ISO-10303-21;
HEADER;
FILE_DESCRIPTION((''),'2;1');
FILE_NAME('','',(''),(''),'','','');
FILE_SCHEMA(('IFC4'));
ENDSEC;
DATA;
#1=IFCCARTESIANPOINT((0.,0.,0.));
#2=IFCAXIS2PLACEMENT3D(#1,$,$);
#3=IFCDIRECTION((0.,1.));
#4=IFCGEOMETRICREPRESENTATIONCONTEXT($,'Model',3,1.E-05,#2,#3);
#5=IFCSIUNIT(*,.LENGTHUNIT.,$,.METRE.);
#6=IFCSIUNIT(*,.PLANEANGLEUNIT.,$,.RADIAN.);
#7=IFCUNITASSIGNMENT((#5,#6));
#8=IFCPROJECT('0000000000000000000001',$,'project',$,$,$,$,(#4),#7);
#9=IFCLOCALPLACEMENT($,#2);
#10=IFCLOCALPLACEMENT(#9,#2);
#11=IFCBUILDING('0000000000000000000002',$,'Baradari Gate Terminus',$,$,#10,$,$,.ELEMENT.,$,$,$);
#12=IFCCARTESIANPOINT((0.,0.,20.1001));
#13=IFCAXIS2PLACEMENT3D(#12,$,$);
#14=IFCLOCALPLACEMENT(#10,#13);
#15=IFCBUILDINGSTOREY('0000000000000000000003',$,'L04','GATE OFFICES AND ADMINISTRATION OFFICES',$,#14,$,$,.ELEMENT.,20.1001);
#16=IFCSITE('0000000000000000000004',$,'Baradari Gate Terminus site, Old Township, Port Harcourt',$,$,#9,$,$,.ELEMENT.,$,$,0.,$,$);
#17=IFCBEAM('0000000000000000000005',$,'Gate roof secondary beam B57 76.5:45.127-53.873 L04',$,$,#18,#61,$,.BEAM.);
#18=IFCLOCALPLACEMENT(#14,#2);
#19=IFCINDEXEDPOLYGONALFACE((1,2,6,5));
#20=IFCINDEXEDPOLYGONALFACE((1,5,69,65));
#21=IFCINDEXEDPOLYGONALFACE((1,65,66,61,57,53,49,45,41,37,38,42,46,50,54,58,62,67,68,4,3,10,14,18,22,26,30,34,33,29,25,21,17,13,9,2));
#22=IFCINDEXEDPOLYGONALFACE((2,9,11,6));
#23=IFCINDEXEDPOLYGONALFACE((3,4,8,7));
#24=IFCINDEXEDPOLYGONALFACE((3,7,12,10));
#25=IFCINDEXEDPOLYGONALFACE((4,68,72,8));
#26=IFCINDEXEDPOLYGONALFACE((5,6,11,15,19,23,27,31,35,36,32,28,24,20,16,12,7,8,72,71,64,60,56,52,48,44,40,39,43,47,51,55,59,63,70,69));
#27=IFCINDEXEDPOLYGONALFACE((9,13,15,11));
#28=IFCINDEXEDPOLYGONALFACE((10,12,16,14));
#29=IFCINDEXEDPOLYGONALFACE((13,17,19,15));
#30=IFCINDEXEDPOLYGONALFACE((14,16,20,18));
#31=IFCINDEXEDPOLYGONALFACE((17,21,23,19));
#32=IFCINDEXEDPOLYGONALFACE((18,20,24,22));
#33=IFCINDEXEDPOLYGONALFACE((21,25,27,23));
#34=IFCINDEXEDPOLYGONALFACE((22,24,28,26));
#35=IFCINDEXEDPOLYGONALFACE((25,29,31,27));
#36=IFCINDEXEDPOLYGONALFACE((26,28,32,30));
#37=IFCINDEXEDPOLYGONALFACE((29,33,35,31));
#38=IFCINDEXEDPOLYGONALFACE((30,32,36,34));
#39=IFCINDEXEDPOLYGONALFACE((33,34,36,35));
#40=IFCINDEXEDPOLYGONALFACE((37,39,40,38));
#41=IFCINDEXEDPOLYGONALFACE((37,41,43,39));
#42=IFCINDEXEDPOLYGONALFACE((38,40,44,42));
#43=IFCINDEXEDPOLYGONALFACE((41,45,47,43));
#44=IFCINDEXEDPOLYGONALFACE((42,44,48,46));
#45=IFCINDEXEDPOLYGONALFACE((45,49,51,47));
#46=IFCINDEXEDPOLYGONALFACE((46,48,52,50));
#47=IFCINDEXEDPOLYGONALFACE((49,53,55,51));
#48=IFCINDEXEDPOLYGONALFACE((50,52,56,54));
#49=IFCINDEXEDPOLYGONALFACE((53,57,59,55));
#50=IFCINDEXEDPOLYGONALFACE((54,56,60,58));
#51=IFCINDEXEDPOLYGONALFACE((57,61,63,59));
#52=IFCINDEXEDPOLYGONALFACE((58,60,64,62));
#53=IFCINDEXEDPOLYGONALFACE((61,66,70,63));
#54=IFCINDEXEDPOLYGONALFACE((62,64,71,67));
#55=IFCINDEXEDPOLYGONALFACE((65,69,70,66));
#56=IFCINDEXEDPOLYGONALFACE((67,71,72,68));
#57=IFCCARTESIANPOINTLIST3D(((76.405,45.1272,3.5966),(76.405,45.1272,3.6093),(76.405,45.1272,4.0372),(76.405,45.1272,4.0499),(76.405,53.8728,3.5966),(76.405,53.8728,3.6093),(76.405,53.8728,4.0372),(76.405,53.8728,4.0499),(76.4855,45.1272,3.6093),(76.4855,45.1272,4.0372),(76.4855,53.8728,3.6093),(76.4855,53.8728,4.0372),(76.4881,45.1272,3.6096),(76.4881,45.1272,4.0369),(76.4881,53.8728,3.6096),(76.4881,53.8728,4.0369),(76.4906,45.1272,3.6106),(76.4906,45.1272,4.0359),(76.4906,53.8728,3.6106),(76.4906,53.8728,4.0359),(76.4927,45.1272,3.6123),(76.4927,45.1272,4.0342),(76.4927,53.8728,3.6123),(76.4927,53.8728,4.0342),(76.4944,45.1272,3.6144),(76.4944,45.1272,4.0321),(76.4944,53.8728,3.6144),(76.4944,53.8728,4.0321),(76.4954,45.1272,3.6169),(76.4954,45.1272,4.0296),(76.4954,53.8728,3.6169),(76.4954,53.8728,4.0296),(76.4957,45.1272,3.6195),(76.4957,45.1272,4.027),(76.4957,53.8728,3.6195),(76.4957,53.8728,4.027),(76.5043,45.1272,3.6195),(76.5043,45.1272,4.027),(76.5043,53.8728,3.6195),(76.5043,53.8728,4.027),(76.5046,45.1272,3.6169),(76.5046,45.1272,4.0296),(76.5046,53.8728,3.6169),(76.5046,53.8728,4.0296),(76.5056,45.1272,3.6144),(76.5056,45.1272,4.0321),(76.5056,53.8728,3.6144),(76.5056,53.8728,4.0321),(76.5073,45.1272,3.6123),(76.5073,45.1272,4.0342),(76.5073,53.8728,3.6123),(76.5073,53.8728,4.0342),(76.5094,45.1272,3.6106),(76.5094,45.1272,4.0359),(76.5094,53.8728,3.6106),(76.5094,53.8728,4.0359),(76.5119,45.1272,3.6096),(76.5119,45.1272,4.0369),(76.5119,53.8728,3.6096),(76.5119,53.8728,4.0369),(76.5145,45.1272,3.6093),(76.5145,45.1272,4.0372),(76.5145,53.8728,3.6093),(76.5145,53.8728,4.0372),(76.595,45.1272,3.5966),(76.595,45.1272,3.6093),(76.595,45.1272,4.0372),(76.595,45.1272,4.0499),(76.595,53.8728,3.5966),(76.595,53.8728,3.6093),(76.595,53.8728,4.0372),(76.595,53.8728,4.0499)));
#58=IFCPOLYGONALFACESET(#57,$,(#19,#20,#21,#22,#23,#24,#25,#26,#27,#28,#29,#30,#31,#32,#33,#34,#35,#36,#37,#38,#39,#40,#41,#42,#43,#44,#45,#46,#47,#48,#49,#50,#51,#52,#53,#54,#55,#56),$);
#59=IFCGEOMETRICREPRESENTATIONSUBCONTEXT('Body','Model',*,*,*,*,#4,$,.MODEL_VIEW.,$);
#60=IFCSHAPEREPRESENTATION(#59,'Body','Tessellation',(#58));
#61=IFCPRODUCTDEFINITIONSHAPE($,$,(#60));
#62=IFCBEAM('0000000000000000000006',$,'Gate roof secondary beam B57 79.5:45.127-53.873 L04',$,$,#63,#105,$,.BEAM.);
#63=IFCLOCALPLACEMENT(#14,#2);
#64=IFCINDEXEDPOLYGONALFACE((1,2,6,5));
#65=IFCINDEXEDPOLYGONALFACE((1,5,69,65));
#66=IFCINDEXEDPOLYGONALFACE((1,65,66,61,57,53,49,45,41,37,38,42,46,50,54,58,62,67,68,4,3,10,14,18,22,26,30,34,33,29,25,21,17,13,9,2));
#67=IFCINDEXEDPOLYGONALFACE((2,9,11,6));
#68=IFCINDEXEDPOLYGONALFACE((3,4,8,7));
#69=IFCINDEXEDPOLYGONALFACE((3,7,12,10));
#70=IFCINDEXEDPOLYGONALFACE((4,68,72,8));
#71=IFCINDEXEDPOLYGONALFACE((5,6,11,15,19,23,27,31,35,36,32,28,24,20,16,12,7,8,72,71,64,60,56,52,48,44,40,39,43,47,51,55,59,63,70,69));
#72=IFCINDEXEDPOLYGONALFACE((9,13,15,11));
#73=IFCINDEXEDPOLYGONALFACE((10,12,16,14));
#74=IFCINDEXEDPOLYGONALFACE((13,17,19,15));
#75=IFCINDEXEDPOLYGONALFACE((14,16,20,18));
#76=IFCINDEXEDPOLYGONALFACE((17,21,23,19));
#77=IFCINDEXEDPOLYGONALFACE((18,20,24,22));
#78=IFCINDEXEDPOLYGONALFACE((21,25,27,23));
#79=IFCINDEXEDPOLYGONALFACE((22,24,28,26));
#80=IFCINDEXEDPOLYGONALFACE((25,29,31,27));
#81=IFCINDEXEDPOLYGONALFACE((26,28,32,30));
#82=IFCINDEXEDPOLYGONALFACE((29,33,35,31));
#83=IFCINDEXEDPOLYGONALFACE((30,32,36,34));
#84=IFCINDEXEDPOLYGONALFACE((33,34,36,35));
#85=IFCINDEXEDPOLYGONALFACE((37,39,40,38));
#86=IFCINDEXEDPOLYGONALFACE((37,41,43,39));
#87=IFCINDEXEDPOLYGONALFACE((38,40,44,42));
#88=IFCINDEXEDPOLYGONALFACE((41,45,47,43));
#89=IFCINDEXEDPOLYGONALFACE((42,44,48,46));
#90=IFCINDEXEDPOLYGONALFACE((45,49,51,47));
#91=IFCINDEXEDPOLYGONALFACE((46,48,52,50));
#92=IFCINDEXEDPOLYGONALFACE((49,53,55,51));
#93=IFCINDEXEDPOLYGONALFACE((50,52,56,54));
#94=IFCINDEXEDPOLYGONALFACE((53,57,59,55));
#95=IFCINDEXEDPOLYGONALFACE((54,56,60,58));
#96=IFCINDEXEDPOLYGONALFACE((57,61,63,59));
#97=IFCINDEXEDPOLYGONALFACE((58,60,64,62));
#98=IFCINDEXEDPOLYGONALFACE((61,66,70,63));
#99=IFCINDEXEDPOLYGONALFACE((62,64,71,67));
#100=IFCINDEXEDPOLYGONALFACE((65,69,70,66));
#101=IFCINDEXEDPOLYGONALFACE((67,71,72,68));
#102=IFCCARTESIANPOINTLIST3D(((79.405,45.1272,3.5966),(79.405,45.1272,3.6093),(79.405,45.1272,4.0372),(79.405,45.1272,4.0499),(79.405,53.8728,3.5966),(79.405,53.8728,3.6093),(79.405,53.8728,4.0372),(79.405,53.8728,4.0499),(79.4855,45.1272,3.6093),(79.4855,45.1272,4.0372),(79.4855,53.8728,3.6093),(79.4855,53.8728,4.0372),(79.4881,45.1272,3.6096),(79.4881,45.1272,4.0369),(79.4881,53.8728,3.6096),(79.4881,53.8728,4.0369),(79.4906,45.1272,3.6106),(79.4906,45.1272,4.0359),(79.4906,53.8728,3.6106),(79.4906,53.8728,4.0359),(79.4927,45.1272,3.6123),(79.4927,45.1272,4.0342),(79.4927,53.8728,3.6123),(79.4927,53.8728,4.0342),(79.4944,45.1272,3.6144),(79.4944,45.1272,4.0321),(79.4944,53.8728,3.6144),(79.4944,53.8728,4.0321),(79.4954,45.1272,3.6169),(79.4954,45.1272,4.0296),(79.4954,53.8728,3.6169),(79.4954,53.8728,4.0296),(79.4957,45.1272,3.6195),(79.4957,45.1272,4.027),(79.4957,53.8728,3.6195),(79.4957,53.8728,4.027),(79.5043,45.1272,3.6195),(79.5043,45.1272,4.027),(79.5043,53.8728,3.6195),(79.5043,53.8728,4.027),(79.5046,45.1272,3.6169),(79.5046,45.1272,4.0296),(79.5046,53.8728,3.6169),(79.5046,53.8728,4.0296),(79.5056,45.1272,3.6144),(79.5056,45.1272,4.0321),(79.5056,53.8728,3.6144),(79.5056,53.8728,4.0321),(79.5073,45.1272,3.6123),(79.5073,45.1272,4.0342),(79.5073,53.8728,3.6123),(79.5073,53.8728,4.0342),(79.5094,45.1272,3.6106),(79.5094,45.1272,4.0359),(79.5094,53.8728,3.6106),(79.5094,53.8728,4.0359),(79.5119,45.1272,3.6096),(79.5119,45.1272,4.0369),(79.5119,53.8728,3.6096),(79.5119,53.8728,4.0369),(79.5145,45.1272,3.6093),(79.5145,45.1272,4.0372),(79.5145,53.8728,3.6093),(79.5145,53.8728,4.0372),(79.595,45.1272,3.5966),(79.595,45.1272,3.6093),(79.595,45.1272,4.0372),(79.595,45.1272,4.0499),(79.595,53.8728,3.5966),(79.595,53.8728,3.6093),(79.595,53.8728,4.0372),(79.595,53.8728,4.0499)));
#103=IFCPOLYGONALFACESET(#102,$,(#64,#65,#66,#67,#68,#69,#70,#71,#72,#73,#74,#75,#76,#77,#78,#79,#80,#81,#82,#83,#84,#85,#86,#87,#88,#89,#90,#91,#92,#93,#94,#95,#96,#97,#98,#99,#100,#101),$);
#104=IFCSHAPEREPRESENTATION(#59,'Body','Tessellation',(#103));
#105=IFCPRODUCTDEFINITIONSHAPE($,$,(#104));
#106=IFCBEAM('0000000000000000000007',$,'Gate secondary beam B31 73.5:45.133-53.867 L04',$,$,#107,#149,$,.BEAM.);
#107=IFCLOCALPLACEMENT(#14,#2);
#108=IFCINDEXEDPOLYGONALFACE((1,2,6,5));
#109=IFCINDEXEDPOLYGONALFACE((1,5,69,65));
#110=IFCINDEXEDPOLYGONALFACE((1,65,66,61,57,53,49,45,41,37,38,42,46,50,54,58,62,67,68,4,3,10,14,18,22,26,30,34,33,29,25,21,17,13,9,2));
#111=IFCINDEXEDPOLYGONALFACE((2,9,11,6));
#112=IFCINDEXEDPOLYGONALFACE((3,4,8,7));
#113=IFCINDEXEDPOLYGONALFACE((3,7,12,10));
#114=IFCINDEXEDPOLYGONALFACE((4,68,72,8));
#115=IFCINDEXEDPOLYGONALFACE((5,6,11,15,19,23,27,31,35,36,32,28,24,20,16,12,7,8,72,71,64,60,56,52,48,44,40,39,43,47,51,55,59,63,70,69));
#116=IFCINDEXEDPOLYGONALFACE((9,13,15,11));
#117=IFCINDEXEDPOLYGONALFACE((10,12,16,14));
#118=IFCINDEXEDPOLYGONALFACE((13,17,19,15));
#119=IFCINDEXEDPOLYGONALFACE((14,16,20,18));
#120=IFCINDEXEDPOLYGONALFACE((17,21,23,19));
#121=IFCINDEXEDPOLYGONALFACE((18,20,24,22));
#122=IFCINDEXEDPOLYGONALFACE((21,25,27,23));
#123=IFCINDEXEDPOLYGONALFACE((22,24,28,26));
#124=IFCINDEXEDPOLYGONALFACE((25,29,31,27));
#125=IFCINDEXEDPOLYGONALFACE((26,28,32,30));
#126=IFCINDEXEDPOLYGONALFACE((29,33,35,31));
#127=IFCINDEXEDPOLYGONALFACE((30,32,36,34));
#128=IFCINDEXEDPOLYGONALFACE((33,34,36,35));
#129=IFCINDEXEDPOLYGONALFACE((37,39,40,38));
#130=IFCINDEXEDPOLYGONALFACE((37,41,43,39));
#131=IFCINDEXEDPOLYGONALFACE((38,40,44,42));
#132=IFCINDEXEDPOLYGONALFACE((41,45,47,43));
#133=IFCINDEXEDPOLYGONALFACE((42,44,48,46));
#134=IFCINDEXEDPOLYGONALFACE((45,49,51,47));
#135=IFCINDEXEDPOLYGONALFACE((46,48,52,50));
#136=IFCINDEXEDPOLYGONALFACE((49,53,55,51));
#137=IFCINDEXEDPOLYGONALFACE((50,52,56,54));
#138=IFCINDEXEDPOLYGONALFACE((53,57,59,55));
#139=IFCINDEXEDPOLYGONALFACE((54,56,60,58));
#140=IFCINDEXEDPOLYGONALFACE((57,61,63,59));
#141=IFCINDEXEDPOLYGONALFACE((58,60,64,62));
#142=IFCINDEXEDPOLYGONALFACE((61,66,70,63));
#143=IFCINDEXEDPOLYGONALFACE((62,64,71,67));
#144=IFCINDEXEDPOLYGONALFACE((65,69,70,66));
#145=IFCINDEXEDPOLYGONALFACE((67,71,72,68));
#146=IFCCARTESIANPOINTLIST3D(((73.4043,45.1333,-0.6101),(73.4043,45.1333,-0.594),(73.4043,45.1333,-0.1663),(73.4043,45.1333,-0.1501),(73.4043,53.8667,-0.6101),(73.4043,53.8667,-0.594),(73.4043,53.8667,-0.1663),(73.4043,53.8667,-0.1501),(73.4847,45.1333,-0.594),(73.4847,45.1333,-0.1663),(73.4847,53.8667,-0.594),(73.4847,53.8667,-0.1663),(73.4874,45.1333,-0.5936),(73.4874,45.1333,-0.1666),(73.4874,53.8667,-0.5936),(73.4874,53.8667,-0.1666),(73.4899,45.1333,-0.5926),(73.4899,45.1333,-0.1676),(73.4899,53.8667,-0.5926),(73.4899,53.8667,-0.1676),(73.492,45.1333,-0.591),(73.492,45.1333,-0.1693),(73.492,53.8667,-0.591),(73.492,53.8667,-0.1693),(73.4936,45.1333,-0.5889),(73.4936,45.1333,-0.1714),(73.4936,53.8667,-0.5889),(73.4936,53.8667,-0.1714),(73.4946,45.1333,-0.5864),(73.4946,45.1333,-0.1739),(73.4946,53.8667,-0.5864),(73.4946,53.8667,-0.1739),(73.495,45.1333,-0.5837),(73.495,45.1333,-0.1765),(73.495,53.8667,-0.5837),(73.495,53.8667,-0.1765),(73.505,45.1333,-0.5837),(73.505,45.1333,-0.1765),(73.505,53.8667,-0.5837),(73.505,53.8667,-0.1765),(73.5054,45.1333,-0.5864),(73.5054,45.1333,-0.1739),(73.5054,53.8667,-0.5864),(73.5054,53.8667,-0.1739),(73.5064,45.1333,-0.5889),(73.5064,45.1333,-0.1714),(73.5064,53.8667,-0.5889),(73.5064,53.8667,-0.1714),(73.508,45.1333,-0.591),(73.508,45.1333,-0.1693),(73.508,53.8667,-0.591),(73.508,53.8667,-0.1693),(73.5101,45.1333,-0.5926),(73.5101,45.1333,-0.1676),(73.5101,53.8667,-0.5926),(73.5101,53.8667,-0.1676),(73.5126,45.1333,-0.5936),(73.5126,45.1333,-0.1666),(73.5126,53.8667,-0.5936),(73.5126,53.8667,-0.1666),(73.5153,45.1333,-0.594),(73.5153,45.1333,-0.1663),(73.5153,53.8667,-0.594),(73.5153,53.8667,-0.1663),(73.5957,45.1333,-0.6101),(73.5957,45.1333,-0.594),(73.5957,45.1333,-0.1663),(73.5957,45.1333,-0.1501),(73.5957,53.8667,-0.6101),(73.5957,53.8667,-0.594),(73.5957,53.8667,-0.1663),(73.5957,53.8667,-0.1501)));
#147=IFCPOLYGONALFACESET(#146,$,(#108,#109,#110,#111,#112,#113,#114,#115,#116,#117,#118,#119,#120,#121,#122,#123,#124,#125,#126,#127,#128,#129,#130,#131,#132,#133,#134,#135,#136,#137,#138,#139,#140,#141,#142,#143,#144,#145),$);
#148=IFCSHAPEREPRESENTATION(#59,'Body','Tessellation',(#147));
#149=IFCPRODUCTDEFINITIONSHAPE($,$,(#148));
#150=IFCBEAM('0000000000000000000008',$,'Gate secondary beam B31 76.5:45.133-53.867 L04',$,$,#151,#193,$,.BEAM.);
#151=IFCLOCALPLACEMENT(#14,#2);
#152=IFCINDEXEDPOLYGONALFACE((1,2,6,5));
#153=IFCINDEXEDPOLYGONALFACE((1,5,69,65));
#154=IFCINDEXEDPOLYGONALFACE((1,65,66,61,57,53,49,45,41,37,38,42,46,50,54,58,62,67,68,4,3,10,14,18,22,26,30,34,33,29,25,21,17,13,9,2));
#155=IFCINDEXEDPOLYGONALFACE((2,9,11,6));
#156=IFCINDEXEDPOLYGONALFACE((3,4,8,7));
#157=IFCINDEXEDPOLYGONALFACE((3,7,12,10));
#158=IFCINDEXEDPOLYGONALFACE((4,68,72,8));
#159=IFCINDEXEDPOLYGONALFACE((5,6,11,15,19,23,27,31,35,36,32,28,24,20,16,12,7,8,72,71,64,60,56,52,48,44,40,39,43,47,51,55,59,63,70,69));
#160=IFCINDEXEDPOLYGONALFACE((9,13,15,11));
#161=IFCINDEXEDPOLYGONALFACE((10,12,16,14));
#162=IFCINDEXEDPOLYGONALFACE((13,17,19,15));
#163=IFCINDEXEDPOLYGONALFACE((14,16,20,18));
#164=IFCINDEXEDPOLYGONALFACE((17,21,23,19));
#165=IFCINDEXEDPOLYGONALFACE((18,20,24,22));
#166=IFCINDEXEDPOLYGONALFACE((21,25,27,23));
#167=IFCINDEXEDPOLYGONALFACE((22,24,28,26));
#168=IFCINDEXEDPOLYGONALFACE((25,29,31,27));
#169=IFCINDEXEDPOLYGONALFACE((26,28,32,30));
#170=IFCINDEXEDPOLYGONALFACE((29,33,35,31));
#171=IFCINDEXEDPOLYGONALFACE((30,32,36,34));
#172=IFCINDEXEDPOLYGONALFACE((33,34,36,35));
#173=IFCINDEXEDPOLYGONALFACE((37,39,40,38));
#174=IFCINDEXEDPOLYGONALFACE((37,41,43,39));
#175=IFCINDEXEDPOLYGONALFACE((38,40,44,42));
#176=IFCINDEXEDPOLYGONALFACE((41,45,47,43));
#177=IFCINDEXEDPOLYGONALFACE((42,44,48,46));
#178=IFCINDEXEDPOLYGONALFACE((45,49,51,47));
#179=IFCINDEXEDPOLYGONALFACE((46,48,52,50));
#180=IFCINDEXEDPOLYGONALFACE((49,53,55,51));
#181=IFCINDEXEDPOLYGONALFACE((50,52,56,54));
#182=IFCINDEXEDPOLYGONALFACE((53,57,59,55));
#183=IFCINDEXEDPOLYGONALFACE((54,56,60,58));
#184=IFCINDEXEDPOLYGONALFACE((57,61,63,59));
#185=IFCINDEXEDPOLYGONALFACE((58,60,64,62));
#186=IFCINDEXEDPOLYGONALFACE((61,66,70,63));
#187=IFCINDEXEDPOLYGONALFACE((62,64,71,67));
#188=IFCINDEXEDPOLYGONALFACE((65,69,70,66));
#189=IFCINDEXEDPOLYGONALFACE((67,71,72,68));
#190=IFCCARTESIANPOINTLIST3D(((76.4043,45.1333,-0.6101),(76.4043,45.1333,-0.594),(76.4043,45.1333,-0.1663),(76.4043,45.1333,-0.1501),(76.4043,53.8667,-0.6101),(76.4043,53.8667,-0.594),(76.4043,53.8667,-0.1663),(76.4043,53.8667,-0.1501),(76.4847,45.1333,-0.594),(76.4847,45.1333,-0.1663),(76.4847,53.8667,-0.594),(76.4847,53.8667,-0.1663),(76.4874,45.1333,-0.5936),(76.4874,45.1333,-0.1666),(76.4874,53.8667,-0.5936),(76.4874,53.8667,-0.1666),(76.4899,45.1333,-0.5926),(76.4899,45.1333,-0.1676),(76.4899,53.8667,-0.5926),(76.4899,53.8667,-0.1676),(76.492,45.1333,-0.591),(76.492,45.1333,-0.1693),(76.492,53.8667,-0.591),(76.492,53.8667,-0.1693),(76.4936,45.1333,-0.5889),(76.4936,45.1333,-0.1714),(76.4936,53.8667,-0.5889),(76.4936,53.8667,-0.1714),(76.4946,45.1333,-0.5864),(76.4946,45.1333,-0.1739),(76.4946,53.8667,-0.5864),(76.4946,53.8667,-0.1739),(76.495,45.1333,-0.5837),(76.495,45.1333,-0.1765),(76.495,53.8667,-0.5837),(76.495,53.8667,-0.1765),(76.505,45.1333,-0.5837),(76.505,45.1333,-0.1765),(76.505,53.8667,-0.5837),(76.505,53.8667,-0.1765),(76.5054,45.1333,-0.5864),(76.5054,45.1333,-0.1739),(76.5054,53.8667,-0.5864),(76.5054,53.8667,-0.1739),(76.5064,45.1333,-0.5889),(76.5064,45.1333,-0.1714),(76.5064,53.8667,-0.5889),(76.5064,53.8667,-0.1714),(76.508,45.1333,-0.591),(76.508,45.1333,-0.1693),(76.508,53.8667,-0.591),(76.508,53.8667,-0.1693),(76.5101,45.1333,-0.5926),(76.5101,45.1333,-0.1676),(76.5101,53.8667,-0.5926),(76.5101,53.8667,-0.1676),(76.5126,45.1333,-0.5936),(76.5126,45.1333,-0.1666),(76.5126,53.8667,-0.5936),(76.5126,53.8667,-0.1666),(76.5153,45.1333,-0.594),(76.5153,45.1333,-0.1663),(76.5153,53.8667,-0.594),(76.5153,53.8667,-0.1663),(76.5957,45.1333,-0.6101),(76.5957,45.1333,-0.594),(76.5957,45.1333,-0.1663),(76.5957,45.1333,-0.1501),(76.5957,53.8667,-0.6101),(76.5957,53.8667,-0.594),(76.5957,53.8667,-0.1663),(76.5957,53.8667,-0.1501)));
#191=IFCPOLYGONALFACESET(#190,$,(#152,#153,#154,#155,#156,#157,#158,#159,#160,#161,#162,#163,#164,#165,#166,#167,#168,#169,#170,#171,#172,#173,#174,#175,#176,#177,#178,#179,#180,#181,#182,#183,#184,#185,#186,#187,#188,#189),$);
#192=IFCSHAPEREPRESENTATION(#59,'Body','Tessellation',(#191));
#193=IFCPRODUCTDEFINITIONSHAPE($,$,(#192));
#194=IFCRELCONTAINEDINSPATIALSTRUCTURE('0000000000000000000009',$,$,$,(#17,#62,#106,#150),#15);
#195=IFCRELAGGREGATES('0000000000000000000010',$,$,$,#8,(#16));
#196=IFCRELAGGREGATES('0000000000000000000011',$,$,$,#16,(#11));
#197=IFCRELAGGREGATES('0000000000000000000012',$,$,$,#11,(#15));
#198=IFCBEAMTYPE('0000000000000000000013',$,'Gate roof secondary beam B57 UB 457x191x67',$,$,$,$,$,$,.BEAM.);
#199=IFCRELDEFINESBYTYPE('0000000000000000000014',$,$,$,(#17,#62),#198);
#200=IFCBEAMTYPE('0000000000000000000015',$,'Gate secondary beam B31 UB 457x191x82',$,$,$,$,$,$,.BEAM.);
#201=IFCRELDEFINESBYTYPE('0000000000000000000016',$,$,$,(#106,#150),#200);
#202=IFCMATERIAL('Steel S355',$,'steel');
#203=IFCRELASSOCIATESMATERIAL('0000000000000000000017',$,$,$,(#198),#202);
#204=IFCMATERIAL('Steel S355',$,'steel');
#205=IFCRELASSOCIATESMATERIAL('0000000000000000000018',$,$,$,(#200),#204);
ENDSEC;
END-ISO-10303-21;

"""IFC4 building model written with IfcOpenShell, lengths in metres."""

from ifc_helpers import new_model, si_unit, direction, frame, origin, origin_2d, place, context, subcontext, project, spatial, i_section, extrude, material, material_profile, profile_set, type_object, element, save


model = new_model("IFC4")

# Units and contexts
model_context = context("Model", 3, precision=1e-05, world=origin(), true_north=direction((0.0, 1.0)))
body_context = subcontext(model_context, "Body", "Model", "MODEL_VIEW")
ifc_project = project(units=[si_unit("LENGTHUNIT", "METRE"), si_unit("PLANEANGLEUNIT", "RADIAN")], contexts=[model_context])

# Site, building, storey
site_placement = place(None, origin())
site = spatial("IfcSite", under=ifc_project, at=site_placement, Name="Baradari Gate Terminus site, Old Township, Port Harcourt", CompositionType="ELEMENT", RefElevation=0.0)
building_placement = place(site_placement, origin())
building = spatial("IfcBuilding", under=site, at=building_placement, Name="Baradari Gate Terminus", CompositionType="ELEMENT")
storey_placement = place(building_placement, frame((0.0, 0.0, 20.1001)))
storey = spatial("IfcBuildingStorey", under=building, at=storey_placement, Name="L04", Description="GATE OFFICES AND ADMINISTRATION OFFICES", CompositionType="ELEMENT", Elevation=20.1001)

# Beams
ifc_material_1 = material(Name="Steel S355", Category="steel")
ifc_material_profile_1 = material_profile(ifc_material_1, i_section(OverallWidth=0.1899, OverallDepth=0.4534, WebThickness=0.0085, FlangeThickness=0.0127, FilletRadius=0.0103, at=origin_2d()), Name="UB 457x191x67")
ifc_profile_set_1 = profile_set([ifc_material_profile_1], Name="Steel S355")
beam_type_1 = type_object("IfcBeamType", Name="Gate roof secondary beam B57 UB 457x191x67", PredefinedType="BEAM", material=ifc_profile_set_1)
for number, where, z_axis, x_axis, name in (
    (1, (76.5, 45.1272, 3.8232), (0.0, 1.0, 0.0), (-1.0, 0.0, 0.0), "Gate roof secondary beam B57 76.5:45.127-53.873 L04"),
    (2, (79.5, 45.1272, 3.8232), (0.0, 1.0, 0.0), (-1.0, 0.0, 0.0), "Gate roof secondary beam B57 79.5:45.127-53.873 L04"),
):
    element("IfcBeam", number, at=place(storey_placement, frame(where, z_axis=z_axis, x_axis=x_axis)), inside=storey, type_object=beam_type_1, Name=name, PredefinedType="BEAM", context=body_context, shape_type="SweptSolid", body=[
        extrude(i_section(OverallWidth=0.1899, OverallDepth=0.4534, WebThickness=0.0085, FlangeThickness=0.0127, FilletRadius=0.0103, at=origin_2d()), origin(), (0.0, 0.0, 1.0), 8.7456),
    ])
ifc_material_2 = material(Name="Steel S355", Category="steel")
ifc_material_profile_2 = material_profile(ifc_material_2, i_section(OverallWidth=0.1914, OverallDepth=0.46, WebThickness=0.01, FlangeThickness=0.0161, FilletRadius=0.0103, at=origin_2d()), Name="UB 457x191x82")
ifc_profile_set_2 = profile_set([ifc_material_profile_2], Name="Steel S355")
beam_type_2 = type_object("IfcBeamType", Name="Gate secondary beam B31 UB 457x191x82", PredefinedType="BEAM", material=ifc_profile_set_2)
for number, where, z_axis, x_axis, name in (
    (3, (73.5, 45.1333, -0.3801), (0.0, 1.0, 0.0), (-1.0, 0.0, 0.0), "Gate secondary beam B31 73.5:45.133-53.867 L04"),
    (4, (76.5, 45.1333, -0.3801), (0.0, 1.0, 0.0), (-1.0, 0.0, 0.0), "Gate secondary beam B31 76.5:45.133-53.867 L04"),
):
    element("IfcBeam", number, at=place(storey_placement, frame(where, z_axis=z_axis, x_axis=x_axis)), inside=storey, type_object=beam_type_2, Name=name, PredefinedType="BEAM", context=body_context, shape_type="SweptSolid", body=[
        extrude(i_section(OverallWidth=0.1914, OverallDepth=0.46, WebThickness=0.01, FlangeThickness=0.0161, FilletRadius=0.0103, at=origin_2d()), origin(), (0.0, 0.0, 1.0), 8.7334),
    ])

save(model, "model.ifc")
